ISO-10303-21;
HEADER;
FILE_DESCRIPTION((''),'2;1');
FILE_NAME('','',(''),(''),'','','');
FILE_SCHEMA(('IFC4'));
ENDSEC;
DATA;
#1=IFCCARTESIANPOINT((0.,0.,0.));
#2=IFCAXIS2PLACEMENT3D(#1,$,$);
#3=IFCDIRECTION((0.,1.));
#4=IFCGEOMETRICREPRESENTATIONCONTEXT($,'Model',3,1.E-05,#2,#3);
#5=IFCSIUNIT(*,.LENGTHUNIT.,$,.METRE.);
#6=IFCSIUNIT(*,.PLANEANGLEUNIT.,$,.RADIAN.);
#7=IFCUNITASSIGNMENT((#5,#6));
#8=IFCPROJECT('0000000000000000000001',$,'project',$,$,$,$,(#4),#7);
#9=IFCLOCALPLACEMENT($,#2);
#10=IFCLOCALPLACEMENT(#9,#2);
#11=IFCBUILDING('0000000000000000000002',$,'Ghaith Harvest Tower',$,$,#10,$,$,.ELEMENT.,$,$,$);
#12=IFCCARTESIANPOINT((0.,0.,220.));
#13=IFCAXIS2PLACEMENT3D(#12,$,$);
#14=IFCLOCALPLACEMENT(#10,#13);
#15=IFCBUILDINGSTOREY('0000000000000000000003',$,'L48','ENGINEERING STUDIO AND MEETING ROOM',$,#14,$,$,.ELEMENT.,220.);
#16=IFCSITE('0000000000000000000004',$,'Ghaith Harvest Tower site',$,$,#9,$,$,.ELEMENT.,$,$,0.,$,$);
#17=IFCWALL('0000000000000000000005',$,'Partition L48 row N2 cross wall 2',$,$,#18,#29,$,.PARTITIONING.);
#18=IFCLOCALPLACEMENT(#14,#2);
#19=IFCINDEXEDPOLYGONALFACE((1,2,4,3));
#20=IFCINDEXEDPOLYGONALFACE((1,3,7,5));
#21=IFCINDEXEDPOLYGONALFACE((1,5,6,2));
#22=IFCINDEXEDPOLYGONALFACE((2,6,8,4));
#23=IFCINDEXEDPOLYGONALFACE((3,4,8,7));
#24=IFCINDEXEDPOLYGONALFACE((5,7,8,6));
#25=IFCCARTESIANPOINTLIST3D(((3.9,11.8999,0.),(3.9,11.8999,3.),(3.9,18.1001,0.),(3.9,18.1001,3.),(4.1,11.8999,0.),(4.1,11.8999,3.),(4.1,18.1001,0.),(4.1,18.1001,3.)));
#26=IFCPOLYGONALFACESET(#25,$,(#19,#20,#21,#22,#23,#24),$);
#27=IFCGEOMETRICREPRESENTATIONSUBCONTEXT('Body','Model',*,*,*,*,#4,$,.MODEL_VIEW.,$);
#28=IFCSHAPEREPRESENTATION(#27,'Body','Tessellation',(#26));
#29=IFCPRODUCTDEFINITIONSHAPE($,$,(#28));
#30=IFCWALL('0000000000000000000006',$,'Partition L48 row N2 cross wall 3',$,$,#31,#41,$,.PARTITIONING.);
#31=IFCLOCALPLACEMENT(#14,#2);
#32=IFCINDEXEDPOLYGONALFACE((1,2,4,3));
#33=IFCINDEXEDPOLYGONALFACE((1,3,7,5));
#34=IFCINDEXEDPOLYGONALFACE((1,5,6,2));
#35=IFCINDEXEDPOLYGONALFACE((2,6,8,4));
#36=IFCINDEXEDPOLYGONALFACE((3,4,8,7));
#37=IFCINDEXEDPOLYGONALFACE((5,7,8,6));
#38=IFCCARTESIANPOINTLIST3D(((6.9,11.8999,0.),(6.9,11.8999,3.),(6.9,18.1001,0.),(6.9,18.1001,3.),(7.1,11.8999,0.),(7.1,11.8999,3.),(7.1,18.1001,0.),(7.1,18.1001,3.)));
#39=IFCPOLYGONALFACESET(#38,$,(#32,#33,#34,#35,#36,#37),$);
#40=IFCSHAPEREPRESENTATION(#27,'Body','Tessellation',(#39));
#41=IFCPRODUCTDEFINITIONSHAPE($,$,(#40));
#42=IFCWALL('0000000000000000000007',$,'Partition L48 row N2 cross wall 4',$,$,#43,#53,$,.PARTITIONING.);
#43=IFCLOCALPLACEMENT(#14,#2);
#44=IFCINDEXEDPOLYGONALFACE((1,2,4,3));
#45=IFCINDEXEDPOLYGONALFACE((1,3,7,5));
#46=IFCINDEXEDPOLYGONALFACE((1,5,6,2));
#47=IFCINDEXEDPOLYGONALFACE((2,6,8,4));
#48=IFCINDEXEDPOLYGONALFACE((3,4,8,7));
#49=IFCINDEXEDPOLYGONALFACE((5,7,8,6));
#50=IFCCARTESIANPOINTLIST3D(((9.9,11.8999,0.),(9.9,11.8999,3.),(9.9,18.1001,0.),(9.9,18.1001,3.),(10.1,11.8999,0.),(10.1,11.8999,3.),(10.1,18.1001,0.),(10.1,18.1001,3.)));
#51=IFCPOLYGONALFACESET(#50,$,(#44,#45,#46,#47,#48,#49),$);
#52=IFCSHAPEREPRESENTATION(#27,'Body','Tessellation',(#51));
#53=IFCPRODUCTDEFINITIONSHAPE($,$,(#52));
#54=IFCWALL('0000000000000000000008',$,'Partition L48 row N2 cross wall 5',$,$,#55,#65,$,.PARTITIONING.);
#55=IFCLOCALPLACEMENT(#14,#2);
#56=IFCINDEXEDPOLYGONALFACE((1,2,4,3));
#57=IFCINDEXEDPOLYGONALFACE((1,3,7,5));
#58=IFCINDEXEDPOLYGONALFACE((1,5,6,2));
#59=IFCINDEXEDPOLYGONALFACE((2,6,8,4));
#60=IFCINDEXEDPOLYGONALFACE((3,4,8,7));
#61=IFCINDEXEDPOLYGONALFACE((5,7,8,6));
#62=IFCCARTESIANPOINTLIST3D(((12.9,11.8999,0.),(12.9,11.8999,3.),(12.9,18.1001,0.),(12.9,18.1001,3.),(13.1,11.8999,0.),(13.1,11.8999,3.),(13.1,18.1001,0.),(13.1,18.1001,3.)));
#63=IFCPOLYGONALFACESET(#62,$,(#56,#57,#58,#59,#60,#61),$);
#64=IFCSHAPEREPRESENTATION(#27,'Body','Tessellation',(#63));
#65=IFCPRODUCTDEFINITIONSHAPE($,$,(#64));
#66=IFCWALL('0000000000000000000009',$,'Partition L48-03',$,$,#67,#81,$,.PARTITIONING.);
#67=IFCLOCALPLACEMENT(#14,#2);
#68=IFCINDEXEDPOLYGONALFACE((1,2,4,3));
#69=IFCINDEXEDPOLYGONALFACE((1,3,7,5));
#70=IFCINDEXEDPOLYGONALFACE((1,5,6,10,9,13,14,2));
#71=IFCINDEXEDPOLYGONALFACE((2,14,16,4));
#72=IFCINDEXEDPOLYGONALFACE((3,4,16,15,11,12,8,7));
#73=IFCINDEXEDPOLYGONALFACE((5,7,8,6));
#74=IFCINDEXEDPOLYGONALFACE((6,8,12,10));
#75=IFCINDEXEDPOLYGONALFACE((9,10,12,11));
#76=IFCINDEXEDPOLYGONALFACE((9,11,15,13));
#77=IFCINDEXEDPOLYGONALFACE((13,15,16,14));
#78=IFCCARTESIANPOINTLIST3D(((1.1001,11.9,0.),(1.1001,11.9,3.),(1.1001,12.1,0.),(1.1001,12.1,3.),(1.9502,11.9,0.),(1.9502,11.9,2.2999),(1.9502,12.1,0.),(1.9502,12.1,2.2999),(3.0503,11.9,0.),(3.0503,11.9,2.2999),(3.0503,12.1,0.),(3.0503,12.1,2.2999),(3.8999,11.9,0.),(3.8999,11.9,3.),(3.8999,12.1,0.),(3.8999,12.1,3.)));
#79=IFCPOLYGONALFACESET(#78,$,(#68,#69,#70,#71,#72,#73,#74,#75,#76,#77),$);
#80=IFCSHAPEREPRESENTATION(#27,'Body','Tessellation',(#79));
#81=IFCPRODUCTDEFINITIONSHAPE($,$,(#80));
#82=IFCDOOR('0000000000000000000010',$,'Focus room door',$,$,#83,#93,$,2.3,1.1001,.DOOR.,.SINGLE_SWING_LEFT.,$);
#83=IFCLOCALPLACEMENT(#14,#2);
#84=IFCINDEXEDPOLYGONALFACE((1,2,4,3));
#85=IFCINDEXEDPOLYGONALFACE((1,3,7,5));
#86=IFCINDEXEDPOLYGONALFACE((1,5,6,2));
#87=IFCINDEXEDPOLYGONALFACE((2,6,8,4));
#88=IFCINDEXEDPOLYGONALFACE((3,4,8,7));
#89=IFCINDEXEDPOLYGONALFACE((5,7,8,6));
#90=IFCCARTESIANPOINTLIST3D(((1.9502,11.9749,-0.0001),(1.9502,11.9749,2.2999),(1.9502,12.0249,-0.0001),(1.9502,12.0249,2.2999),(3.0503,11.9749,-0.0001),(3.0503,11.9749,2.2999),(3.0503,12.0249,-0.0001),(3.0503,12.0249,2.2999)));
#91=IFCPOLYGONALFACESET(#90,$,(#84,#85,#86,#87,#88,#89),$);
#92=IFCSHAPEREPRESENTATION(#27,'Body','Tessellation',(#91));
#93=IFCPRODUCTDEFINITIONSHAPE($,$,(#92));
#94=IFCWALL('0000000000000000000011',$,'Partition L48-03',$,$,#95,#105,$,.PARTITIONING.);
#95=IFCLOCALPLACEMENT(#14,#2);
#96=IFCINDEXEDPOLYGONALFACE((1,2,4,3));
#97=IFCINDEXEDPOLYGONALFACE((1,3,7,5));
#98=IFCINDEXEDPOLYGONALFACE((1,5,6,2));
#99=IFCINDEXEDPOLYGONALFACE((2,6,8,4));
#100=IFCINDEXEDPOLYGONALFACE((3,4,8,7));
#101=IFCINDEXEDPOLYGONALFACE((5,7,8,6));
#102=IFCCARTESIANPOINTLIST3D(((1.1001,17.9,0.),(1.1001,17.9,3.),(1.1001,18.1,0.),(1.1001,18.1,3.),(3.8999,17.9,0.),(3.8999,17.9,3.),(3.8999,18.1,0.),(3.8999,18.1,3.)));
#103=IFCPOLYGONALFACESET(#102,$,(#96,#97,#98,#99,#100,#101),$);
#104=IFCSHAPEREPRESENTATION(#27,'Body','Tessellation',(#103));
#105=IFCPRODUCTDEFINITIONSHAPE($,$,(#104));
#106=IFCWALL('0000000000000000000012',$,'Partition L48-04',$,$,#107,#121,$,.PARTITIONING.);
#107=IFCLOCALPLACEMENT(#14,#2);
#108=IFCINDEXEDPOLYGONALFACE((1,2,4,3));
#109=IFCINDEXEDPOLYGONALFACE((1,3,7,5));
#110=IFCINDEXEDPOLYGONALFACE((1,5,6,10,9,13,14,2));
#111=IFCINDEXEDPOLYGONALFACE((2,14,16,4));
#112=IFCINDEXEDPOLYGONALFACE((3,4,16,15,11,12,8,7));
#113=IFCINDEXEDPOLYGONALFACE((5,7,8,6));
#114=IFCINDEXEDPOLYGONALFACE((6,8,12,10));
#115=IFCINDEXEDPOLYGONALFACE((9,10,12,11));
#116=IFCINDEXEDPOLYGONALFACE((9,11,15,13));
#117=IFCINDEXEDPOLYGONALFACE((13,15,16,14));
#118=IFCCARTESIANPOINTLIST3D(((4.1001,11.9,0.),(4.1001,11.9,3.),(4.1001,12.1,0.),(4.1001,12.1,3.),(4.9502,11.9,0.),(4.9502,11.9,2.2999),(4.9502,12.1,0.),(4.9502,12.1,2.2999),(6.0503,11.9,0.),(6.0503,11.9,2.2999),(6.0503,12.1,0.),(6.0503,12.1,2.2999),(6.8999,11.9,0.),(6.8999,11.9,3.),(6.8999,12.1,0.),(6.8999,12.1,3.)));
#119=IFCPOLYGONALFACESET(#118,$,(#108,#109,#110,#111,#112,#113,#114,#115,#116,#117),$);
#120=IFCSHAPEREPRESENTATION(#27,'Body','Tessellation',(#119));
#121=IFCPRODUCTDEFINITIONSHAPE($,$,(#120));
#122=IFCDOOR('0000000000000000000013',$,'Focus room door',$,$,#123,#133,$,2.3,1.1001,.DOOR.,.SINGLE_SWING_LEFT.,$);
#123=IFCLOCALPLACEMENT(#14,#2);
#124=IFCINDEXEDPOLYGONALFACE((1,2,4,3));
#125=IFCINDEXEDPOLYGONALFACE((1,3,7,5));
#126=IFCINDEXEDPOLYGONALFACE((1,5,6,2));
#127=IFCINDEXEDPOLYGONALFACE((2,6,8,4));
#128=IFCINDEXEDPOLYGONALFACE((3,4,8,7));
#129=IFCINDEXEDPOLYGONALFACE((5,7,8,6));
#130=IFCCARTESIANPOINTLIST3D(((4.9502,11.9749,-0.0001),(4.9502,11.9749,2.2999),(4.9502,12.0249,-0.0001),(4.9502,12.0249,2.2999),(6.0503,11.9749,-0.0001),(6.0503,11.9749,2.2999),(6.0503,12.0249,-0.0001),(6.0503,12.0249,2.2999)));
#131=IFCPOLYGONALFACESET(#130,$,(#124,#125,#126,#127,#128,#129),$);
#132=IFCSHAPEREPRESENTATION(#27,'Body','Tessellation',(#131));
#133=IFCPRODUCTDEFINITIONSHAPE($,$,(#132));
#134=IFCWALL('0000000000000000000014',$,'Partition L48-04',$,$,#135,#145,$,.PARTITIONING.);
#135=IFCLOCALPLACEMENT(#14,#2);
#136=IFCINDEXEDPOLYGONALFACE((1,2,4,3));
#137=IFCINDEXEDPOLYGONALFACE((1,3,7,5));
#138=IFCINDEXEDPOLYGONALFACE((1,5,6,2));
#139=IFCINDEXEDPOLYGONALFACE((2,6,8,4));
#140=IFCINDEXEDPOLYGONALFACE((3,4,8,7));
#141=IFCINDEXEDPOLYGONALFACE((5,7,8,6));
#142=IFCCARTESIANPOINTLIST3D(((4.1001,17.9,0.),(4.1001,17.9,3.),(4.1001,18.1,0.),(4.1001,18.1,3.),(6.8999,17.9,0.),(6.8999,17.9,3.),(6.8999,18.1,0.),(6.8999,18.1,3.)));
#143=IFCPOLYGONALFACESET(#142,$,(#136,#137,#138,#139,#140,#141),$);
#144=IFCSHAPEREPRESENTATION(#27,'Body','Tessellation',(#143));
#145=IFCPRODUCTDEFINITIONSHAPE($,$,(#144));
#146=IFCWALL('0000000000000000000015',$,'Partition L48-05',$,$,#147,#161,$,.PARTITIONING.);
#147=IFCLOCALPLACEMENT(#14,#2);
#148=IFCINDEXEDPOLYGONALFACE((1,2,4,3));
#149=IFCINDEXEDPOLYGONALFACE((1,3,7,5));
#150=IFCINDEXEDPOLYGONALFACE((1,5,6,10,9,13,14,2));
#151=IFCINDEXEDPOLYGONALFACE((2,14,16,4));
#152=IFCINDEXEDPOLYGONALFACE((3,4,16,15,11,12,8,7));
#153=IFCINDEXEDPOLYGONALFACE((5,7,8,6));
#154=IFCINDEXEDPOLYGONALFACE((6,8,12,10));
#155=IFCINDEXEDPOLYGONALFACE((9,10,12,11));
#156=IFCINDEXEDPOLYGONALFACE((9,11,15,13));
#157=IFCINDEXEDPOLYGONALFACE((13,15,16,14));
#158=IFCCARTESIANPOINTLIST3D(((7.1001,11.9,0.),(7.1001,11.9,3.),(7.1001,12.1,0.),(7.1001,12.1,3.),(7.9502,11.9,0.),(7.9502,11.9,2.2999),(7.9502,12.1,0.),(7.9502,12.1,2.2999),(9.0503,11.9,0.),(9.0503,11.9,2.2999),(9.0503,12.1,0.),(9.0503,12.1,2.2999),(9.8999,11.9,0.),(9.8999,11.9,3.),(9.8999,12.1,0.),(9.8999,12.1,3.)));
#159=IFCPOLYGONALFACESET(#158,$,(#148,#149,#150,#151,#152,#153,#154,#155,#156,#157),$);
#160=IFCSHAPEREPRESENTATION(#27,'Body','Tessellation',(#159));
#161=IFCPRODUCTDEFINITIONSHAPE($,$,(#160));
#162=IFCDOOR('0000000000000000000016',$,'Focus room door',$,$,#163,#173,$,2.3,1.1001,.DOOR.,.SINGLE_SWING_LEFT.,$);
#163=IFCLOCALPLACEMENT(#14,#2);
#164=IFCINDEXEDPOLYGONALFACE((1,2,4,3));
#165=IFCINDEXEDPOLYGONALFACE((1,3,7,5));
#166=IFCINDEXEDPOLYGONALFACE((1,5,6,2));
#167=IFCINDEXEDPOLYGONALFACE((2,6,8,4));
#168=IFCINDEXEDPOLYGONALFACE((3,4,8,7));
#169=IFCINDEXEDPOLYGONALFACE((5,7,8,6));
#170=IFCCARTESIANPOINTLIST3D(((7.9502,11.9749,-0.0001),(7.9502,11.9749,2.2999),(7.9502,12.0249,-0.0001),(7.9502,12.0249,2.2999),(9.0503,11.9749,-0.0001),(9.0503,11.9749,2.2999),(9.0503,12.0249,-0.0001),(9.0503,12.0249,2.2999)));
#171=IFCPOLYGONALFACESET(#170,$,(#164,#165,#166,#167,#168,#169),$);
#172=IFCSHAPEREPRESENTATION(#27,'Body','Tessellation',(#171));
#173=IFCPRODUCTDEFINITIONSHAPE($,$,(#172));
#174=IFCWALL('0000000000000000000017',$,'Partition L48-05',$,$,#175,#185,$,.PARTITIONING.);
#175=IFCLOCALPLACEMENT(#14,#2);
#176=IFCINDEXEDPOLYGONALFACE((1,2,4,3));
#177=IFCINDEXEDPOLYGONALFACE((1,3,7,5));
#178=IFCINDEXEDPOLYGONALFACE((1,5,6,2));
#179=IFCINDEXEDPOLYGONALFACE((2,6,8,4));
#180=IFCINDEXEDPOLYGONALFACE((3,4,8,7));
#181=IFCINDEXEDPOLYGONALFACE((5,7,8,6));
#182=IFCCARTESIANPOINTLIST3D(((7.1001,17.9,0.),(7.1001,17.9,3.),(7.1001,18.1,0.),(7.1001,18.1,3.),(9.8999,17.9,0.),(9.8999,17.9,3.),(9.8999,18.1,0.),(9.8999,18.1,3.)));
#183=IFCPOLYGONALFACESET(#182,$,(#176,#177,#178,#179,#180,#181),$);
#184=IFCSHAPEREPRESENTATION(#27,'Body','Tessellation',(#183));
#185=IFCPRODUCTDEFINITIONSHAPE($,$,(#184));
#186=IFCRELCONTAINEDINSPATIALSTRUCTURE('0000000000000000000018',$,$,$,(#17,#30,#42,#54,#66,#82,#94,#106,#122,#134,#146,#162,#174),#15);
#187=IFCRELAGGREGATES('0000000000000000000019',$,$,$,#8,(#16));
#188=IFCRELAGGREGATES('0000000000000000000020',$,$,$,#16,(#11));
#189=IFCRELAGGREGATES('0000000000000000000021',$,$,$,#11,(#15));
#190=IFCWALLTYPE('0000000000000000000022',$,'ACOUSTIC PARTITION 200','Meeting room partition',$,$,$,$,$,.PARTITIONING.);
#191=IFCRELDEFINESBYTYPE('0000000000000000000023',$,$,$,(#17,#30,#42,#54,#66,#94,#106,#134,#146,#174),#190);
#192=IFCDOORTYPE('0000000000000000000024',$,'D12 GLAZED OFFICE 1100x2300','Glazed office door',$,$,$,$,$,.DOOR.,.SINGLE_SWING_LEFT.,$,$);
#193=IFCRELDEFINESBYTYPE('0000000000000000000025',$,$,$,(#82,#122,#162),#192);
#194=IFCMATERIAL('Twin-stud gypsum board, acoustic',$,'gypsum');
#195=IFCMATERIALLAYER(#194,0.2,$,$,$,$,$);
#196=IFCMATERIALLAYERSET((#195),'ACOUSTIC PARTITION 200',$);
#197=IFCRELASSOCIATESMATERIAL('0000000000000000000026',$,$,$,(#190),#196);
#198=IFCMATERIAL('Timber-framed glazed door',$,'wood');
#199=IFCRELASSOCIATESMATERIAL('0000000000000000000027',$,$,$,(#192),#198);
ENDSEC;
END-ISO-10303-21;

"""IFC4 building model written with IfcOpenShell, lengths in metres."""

from ifc_helpers import new_model, si_unit, direction, frame, frame_2d, origin, place, context, subcontext, project, spatial, rectangle, extrude, material, layer, layer_set, type_object, element, fill, save


model = new_model("IFC4")

# Units and contexts
model_context = context("Model", 3, precision=1e-05, world=origin(), true_north=direction((0.0, 1.0)))
body_context = subcontext(model_context, "Body", "Model", "MODEL_VIEW")
ifc_project = project(units=[si_unit("LENGTHUNIT", "METRE"), si_unit("PLANEANGLEUNIT", "RADIAN")], contexts=[model_context])

# Site, building, storey
site_placement = place(None, origin())
site = spatial("IfcSite", under=ifc_project, at=site_placement, Name="Ghaith Harvest Tower site", CompositionType="ELEMENT", RefElevation=0.0)
building_placement = place(site_placement, origin())
building = spatial("IfcBuilding", under=site, at=building_placement, Name="Ghaith Harvest Tower", CompositionType="ELEMENT")
storey_placement = place(building_placement, frame((0.0, 0.0, 220.0)))
storey = spatial("IfcBuildingStorey", under=building, at=storey_placement, Name="L48", Description="ENGINEERING STUDIO AND MEETING ROOM", CompositionType="ELEMENT", Elevation=220.0)

# Walls
ifc_material_1 = material(Name="Twin-stud gypsum board, acoustic", Category="gypsum")
ifc_layer_1 = layer(ifc_material_1, 0.2)
ifc_layer_set_1 = layer_set([ifc_layer_1], Name="ACOUSTIC PARTITION 200")
wall_type = type_object("IfcWallType", Name="ACOUSTIC PARTITION 200", Description="Meeting room partition", PredefinedType="PARTITIONING", material=ifc_layer_set_1)
for number, where, z_axis, x_axis, name in (
    (1, (4.0, 11.8999, 0.0), (0.0, 0.0, 1.0), (0.0, 1.0, 0.0), "Partition L48 row N2 cross wall 2"),
    (2, (7.0, 11.8999, 0.0), (0.0, 0.0, 1.0), (0.0, 1.0, 0.0), "Partition L48 row N2 cross wall 3"),
    (3, (10.0, 11.8999, 0.0), (0.0, 0.0, 1.0), (0.0, 1.0, 0.0), "Partition L48 row N2 cross wall 4"),
    (4, (13.0, 11.8999, 0.0), (0.0, 0.0, 1.0), (0.0, 1.0, 0.0), "Partition L48 row N2 cross wall 5"),
):
    element("IfcWall", number, at=place(storey_placement, frame(where, z_axis=z_axis, x_axis=x_axis)), inside=storey, type_object=wall_type, Name=name, PredefinedType="PARTITIONING", context=body_context, shape_type="SweptSolid", body=[
        extrude(rectangle(XDim=6.2002, YDim=0.2, at=frame_2d((3.1001, 0.0))), origin(), (0.0, 0.0, 1.0), 3.0),
    ])

# Wall, opening, door
wall_1_placement = place(storey_placement, frame((1.1001, 12.0, 0.0), z_axis=(0.0, 0.0, 1.0), x_axis=(1.0, 0.0, 0.0)))
wall_1 = element("IfcWall", 5, at=wall_1_placement, inside=storey, type_object=wall_type, Name="Partition L48-03", PredefinedType="PARTITIONING", context=body_context, shape_type="SweptSolid", body=[
    extrude(rectangle(XDim=2.7998, YDim=0.2, at=frame_2d((1.3999, 0.0))), origin(), (0.0, 0.0, 1.0), 3.0),
])
opening_1_placement = place(wall_1_placement, frame((0.8501, 0.0, 0.0)))
opening_1 = element("IfcOpeningElement", 6, at=opening_1_placement, cuts=wall_1, PredefinedType="OPENING", context=body_context, shape_type="SweptSolid", body=[
    extrude(rectangle(XDim=1.1001, YDim=2.3, at=frame_2d((0.55, 1.1499))), frame((0.0, 0.1099, 0.0), z_axis=(0.0, -1.0, 0.0), x_axis=(1.0, 0.0, 0.0)), (0.0, 0.0, 1.0), 0.22),
])
ifc_material_2 = material(Name="Timber-framed glazed door", Category="wood")
door_type = type_object("IfcDoorType", Name="D12 GLAZED OFFICE 1100x2300", Description="Glazed office door", OperationType="SINGLE_SWING_LEFT", PredefinedType="DOOR", material=ifc_material_2)
door_1_placement = place(opening_1_placement, origin())
door_1 = element("IfcDoor", 7, at=door_1_placement, inside=storey, type_object=door_type, Name="Focus room door", OperationType="SINGLE_SWING_LEFT", OverallHeight=2.3, OverallWidth=1.1001, PredefinedType="DOOR", context=body_context, shape_type="SweptSolid", body=[
    extrude(rectangle(XDim=1.1001, YDim=2.3, at=frame_2d((0.55, 1.1499))), frame((0.0, 0.0249, 0.0), z_axis=(0.0, -1.0, 0.0), x_axis=(1.0, 0.0, 0.0)), (0.0, 0.0, 1.0), 0.05),
])
fill(opening_1, door_1)

# Wall
wall_2_placement = place(storey_placement, frame((1.1001, 18.0, 0.0), z_axis=(0.0, 0.0, 1.0), x_axis=(1.0, 0.0, 0.0)))
element("IfcWall", 8, at=wall_2_placement, inside=storey, type_object=wall_type, Name="Partition L48-03", PredefinedType="PARTITIONING", context=body_context, shape_type="SweptSolid", body=[
    extrude(rectangle(XDim=2.7998, YDim=0.2, at=frame_2d((1.3999, 0.0))), origin(), (0.0, 0.0, 1.0), 3.0),
])

# Wall, opening, door
wall_3_placement = place(storey_placement, frame((4.1001, 12.0, 0.0), z_axis=(0.0, 0.0, 1.0), x_axis=(1.0, 0.0, 0.0)))
wall_3 = element("IfcWall", 9, at=wall_3_placement, inside=storey, type_object=wall_type, Name="Partition L48-04", PredefinedType="PARTITIONING", context=body_context, shape_type="SweptSolid", body=[
    extrude(rectangle(XDim=2.7998, YDim=0.2, at=frame_2d((1.3999, 0.0))), origin(), (0.0, 0.0, 1.0), 3.0),
])
opening_2_placement = place(wall_3_placement, frame((0.8501, 0.0, 0.0)))
opening_2 = element("IfcOpeningElement", 10, at=opening_2_placement, cuts=wall_3, PredefinedType="OPENING", context=body_context, shape_type="SweptSolid", body=[
    extrude(rectangle(XDim=1.1001, YDim=2.3, at=frame_2d((0.55, 1.1499))), frame((0.0, 0.1099, 0.0), z_axis=(0.0, -1.0, 0.0), x_axis=(1.0, 0.0, 0.0)), (0.0, 0.0, 1.0), 0.22),
])
door_2_placement = place(opening_2_placement, origin())
door_2 = element("IfcDoor", 11, at=door_2_placement, inside=storey, type_object=door_type, Name="Focus room door", OperationType="SINGLE_SWING_LEFT", OverallHeight=2.3, OverallWidth=1.1001, PredefinedType="DOOR", context=body_context, shape_type="SweptSolid", body=[
    extrude(rectangle(XDim=1.1001, YDim=2.3, at=frame_2d((0.55, 1.1499))), frame((0.0, 0.0249, 0.0), z_axis=(0.0, -1.0, 0.0), x_axis=(1.0, 0.0, 0.0)), (0.0, 0.0, 1.0), 0.05),
])
fill(opening_2, door_2)

# Wall
wall_4_placement = place(storey_placement, frame((4.1001, 18.0, 0.0), z_axis=(0.0, 0.0, 1.0), x_axis=(1.0, 0.0, 0.0)))
element("IfcWall", 12, at=wall_4_placement, inside=storey, type_object=wall_type, Name="Partition L48-04", PredefinedType="PARTITIONING", context=body_context, shape_type="SweptSolid", body=[
    extrude(rectangle(XDim=2.7998, YDim=0.2, at=frame_2d((1.3999, 0.0))), origin(), (0.0, 0.0, 1.0), 3.0),
])

# Wall, opening, door
wall_5_placement = place(storey_placement, frame((7.1001, 12.0, 0.0), z_axis=(0.0, 0.0, 1.0), x_axis=(1.0, 0.0, 0.0)))
wall_5 = element("IfcWall", 13, at=wall_5_placement, inside=storey, type_object=wall_type, Name="Partition L48-05", PredefinedType="PARTITIONING", context=body_context, shape_type="SweptSolid", body=[
    extrude(rectangle(XDim=2.7998, YDim=0.2, at=frame_2d((1.3999, 0.0))), origin(), (0.0, 0.0, 1.0), 3.0),
])
opening_3_placement = place(wall_5_placement, frame((0.8501, 0.0, 0.0)))
opening_3 = element("IfcOpeningElement", 14, at=opening_3_placement, cuts=wall_5, PredefinedType="OPENING", context=body_context, shape_type="SweptSolid", body=[
    extrude(rectangle(XDim=1.1001, YDim=2.3, at=frame_2d((0.55, 1.1499))), frame((0.0, 0.1099, 0.0), z_axis=(0.0, -1.0, 0.0), x_axis=(1.0, 0.0, 0.0)), (0.0, 0.0, 1.0), 0.22),
])
door_3_placement = place(opening_3_placement, origin())
door_3 = element("IfcDoor", 15, at=door_3_placement, inside=storey, type_object=door_type, Name="Focus room door", OperationType="SINGLE_SWING_LEFT", OverallHeight=2.3, OverallWidth=1.1001, PredefinedType="DOOR", context=body_context, shape_type="SweptSolid", body=[
    extrude(rectangle(XDim=1.1001, YDim=2.3, at=frame_2d((0.55, 1.1499))), frame((0.0, 0.0249, 0.0), z_axis=(0.0, -1.0, 0.0), x_axis=(1.0, 0.0, 0.0)), (0.0, 0.0, 1.0), 0.05),
])
fill(opening_3, door_3)

# Wall
wall_6_placement = place(storey_placement, frame((7.1001, 18.0, 0.0), z_axis=(0.0, 0.0, 1.0), x_axis=(1.0, 0.0, 0.0)))
element("IfcWall", 16, at=wall_6_placement, inside=storey, type_object=wall_type, Name="Partition L48-05", PredefinedType="PARTITIONING", context=body_context, shape_type="SweptSolid", body=[
    extrude(rectangle(XDim=2.7998, YDim=0.2, at=frame_2d((1.3999, 0.0))), origin(), (0.0, 0.0, 1.0), 3.0),
])

save(model, "model.ifc")
